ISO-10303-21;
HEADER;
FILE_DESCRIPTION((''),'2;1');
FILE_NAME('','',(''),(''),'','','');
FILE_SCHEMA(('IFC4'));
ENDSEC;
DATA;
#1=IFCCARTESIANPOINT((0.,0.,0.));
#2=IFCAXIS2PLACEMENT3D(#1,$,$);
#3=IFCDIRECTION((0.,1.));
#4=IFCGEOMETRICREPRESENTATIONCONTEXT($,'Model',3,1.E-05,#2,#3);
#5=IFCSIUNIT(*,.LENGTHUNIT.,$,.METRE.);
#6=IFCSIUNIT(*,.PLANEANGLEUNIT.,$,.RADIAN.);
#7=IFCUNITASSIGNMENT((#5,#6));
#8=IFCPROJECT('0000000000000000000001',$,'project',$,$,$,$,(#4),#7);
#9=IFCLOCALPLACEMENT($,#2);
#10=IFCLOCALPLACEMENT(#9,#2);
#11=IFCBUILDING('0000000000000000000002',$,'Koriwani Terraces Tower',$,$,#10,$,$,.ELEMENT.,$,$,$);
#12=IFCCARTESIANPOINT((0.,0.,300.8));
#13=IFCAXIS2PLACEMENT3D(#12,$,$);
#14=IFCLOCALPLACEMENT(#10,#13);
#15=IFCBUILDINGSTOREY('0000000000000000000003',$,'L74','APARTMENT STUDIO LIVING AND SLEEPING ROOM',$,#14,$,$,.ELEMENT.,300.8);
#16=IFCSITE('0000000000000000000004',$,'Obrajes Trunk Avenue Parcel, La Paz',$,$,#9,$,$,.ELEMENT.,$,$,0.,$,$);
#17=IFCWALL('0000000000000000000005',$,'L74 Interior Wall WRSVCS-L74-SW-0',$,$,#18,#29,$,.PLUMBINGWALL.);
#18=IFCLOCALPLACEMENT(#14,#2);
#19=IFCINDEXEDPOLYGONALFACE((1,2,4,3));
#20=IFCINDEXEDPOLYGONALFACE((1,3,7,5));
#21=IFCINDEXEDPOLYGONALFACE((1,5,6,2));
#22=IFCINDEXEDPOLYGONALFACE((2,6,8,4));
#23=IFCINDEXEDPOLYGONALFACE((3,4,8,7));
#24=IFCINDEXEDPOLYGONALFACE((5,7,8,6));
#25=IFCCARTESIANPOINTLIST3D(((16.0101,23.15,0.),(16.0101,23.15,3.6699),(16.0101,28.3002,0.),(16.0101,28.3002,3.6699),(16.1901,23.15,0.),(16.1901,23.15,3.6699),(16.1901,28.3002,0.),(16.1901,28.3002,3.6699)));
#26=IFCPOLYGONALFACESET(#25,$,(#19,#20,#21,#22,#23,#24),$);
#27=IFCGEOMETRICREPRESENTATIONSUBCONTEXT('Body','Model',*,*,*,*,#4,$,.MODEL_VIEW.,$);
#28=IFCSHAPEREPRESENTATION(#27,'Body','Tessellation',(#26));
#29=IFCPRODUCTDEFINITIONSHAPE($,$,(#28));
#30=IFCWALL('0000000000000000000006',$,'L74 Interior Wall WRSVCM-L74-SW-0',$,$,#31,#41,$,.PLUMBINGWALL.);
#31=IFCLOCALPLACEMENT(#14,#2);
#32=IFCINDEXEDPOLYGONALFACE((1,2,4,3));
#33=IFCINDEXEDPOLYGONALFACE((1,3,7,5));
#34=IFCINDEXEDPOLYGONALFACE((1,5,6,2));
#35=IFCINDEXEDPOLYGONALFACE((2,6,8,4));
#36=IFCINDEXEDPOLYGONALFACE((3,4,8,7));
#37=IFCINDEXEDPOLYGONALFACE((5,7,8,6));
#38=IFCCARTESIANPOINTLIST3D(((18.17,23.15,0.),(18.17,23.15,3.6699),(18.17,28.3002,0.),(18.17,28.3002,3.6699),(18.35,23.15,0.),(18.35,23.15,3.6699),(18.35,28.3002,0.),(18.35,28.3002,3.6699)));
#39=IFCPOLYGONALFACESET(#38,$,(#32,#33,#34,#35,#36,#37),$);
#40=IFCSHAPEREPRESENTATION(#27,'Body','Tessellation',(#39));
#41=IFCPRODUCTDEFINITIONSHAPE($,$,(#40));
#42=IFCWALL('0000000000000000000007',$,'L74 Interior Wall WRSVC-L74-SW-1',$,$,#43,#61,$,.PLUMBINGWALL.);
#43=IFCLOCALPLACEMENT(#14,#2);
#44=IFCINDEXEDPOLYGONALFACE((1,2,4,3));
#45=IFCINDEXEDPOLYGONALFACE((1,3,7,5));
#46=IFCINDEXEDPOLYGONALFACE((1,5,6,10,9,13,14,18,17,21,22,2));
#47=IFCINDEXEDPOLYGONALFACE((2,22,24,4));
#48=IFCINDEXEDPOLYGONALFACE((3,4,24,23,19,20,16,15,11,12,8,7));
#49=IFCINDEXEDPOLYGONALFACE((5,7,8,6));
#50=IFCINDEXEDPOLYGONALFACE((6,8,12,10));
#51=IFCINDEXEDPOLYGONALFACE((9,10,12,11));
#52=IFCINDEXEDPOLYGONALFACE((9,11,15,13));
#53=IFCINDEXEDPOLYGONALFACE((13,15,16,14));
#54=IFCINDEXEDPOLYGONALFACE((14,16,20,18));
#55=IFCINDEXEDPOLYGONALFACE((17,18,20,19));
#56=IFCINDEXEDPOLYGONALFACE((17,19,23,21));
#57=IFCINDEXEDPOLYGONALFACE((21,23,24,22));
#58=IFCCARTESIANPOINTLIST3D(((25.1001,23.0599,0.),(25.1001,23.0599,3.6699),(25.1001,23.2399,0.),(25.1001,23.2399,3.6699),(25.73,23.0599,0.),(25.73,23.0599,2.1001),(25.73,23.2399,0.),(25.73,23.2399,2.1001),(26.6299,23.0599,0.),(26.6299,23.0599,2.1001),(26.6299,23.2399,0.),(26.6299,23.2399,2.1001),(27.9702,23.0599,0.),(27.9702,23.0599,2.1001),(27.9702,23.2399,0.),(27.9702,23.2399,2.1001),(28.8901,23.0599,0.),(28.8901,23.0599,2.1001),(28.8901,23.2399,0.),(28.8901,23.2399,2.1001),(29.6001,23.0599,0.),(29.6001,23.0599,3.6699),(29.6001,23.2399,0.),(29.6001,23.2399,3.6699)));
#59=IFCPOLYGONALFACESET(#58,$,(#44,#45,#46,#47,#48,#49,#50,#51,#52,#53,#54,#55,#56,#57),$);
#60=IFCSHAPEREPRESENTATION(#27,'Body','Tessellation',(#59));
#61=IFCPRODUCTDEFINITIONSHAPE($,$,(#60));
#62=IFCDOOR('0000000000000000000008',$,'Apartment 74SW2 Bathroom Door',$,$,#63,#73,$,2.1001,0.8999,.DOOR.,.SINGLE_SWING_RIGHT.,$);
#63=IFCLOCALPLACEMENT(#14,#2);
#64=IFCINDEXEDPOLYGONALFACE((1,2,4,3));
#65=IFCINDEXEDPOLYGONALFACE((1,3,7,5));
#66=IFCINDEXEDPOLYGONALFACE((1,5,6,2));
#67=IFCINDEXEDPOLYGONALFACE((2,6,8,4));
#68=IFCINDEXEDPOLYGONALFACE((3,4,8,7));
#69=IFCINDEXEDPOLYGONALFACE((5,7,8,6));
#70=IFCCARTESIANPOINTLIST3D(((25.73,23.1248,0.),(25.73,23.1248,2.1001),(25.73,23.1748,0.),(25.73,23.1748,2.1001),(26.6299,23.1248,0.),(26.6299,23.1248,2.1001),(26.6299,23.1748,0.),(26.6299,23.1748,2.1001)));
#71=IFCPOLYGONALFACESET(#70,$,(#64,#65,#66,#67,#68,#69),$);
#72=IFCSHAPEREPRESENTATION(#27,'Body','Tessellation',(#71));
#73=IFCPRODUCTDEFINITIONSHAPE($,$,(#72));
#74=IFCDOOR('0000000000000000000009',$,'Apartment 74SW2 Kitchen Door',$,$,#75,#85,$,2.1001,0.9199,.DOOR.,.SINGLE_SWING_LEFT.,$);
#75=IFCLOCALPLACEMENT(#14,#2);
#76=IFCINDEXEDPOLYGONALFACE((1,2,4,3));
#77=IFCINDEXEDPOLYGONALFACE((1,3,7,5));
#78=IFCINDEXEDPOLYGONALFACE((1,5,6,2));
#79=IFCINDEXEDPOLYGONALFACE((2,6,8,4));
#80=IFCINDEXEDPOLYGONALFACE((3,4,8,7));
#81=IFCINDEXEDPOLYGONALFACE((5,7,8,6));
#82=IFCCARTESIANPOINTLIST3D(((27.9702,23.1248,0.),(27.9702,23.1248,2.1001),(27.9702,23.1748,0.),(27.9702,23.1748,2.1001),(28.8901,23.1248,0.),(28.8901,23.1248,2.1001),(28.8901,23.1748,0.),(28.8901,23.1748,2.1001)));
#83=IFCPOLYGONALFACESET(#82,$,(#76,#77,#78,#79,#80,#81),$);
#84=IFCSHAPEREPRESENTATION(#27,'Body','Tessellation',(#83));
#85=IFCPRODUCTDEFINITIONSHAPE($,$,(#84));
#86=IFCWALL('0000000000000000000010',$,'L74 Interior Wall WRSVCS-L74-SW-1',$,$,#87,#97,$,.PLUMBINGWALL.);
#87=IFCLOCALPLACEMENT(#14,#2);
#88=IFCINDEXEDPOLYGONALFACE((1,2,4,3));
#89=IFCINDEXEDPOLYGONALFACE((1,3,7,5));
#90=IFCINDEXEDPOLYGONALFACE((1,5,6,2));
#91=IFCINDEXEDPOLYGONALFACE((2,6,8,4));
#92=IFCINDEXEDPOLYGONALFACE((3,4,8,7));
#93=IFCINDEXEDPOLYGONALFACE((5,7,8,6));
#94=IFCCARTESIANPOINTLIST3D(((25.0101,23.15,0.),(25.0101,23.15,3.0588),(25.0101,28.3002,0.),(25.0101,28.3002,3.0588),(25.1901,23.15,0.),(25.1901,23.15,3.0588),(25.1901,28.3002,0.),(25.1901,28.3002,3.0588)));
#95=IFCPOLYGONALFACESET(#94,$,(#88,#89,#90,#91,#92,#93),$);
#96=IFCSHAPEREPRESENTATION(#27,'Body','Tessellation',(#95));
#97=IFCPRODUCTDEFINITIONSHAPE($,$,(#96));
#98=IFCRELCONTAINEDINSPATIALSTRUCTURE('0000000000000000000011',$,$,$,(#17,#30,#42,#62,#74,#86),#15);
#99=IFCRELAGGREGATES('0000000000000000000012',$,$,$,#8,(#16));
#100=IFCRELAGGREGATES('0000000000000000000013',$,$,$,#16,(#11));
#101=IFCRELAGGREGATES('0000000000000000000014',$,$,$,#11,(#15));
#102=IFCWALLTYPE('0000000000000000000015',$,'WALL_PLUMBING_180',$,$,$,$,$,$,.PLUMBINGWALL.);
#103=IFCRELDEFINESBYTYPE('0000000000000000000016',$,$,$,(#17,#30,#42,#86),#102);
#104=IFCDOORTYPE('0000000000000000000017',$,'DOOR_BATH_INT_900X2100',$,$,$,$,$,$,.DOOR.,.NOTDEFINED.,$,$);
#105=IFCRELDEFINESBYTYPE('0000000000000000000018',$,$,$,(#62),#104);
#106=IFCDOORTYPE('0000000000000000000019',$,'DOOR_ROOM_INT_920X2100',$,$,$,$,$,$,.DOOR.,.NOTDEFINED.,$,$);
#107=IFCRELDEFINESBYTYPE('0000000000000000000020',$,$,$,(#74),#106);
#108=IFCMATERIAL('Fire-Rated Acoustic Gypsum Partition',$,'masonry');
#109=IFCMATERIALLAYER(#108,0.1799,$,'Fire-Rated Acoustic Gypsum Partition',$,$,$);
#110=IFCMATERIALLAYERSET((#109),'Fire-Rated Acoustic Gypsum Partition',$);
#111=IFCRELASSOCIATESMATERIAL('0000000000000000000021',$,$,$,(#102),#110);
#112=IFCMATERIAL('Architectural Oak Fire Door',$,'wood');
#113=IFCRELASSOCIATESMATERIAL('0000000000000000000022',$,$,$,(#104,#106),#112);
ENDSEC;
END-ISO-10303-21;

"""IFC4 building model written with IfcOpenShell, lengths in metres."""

from ifc_helpers import new_model, si_unit, direction, frame, frame_2d, origin, place, context, subcontext, project, spatial, rectangle, extrude, material, layer, layer_set, type_object, element, fill, save


model = new_model("IFC4")

# Units and contexts
model_context = context("Model", 3, precision=1e-05, world=origin(), true_north=direction((0.0, 1.0)))
body_context = subcontext(model_context, "Body", "Model", "MODEL_VIEW")
ifc_project = project(units=[si_unit("LENGTHUNIT", "METRE"), si_unit("PLANEANGLEUNIT", "RADIAN")], contexts=[model_context])

# Site, building, storey
site_placement = place(None, origin())
site = spatial("IfcSite", under=ifc_project, at=site_placement, Name="Obrajes Trunk Avenue Parcel, La Paz", CompositionType="ELEMENT", RefElevation=0.0)
building_placement = place(site_placement, origin())
building = spatial("IfcBuilding", under=site, at=building_placement, Name="Koriwani Terraces Tower", CompositionType="ELEMENT")
storey_placement = place(building_placement, frame((0.0, 0.0, 300.8)))
storey = spatial("IfcBuildingStorey", under=building, at=storey_placement, Name="L74", Description="APARTMENT STUDIO LIVING AND SLEEPING ROOM", CompositionType="ELEMENT", Elevation=300.8)

# Shared definitions
ifc_material_1 = material(Name="Architectural Oak Fire Door", Category="wood")

# Shared definitions
ifc_material_2 = material(Name="Fire-Rated Acoustic Gypsum Partition", Category="masonry")
ifc_layer_1 = layer(ifc_material_2, 0.1799, Name="Fire-Rated Acoustic Gypsum Partition")
ifc_layer_set_1 = layer_set([ifc_layer_1], Name="Fire-Rated Acoustic Gypsum Partition")
wall_type_1 = type_object("IfcWallType", Name="WALL_PLUMBING_180", PredefinedType="PLUMBINGWALL", material=ifc_layer_set_1)
door_type_1 = type_object("IfcDoorType", Name="DOOR_BATH_INT_900X2100", OperationType="NOTDEFINED", PredefinedType="DOOR", material=ifc_material_1)
door_type_2 = type_object("IfcDoorType", Name="DOOR_ROOM_INT_920X2100", OperationType="NOTDEFINED", PredefinedType="DOOR", material=ifc_material_1)

# Walls
for number, where, z_axis, x_axis, name in (
    (1, (16.1001, 23.1499, 0.0), (0.0, 0.0, 1.0), (0.0, 1.0, 0.0), "L74 Interior Wall WRSVCS-L74-SW-0"),
    (2, (18.26, 23.1499, 0.0), (0.0, 0.0, 1.0), (0.0, 1.0, 0.0), "L74 Interior Wall WRSVCM-L74-SW-0"),
):
    element("IfcWall", number, at=place(storey_placement, frame(where, z_axis=z_axis, x_axis=x_axis)), inside=storey, type_object=wall_type_1, Name=name, PredefinedType="PLUMBINGWALL", context=body_context, shape_type="SweptSolid", body=[
        extrude(rectangle(XDim=5.1501, YDim=0.1799, at=frame_2d((2.5752, 0.0))), origin(), (0.0, 0.0, 1.0), 3.6699),
    ])

# Wall, openings, doors
wall_1_placement = place(storey_placement, frame((25.1001, 23.1499, 0.0), z_axis=(0.0, 0.0, 1.0), x_axis=(1.0, 0.0, 0.0)))
wall_1 = element("IfcWall", 3, at=wall_1_placement, inside=storey, type_object=wall_type_1, Name="L74 Interior Wall WRSVC-L74-SW-1", PredefinedType="PLUMBINGWALL", context=body_context, shape_type="SweptSolid", body=[
    extrude(rectangle(XDim=4.5, YDim=0.1799, at=frame_2d((2.25, 0.0))), origin(), (0.0, 0.0, 1.0), 3.6699),
])
opening_1_placement = place(wall_1_placement, frame((0.6299, 0.0, 0.0)))
opening_1 = element("IfcOpeningElement", 4, at=opening_1_placement, cuts=wall_1, PredefinedType="OPENING", context=body_context, shape_type="SweptSolid", body=[
    extrude(rectangle(XDim=0.8999, YDim=2.1001, at=frame_2d((0.45, 1.05))), frame((0.0, 0.1001, 0.0), z_axis=(0.0, -1.0, 0.0), x_axis=(1.0, 0.0, 0.0)), (0.0, 0.0, 1.0), 0.2),
])
opening_2_placement = place(wall_1_placement, frame((2.8701, 0.0, 0.0)))
opening_2 = element("IfcOpeningElement", 5, at=opening_2_placement, cuts=wall_1, PredefinedType="OPENING", context=body_context, shape_type="SweptSolid", body=[
    extrude(rectangle(XDim=0.9199, YDim=2.1001, at=frame_2d((0.46, 1.05))), frame((0.0, 0.1001, 0.0), z_axis=(0.0, -1.0, 0.0), x_axis=(1.0, 0.0, 0.0)), (0.0, 0.0, 1.0), 0.2),
])
door_1_placement = place(opening_1_placement, origin())
door_1 = element("IfcDoor", 6, at=door_1_placement, inside=storey, type_object=door_type_1, Name="Apartment 74SW2 Bathroom Door", OperationType="SINGLE_SWING_RIGHT", OverallHeight=2.1001, OverallWidth=0.8999, PredefinedType="DOOR", context=body_context, shape_type="SweptSolid", body=[
    extrude(rectangle(XDim=0.8999, YDim=2.1001, at=frame_2d((0.45, 1.05))), frame((0.0, 0.0249, 0.0), z_axis=(0.0, -1.0, 0.0), x_axis=(1.0, 0.0, 0.0)), (0.0, 0.0, 1.0), 0.05),
])
fill(opening_1, door_1)
door_2_placement = place(opening_2_placement, origin())
door_2 = element("IfcDoor", 7, at=door_2_placement, inside=storey, type_object=door_type_2, Name="Apartment 74SW2 Kitchen Door", OperationType="SINGLE_SWING_LEFT", OverallHeight=2.1001, OverallWidth=0.9199, PredefinedType="DOOR", context=body_context, shape_type="SweptSolid", body=[
    extrude(rectangle(XDim=0.9199, YDim=2.1001, at=frame_2d((0.46, 1.05))), frame((0.0, 0.0249, 0.0), z_axis=(0.0, -1.0, 0.0), x_axis=(1.0, 0.0, 0.0)), (0.0, 0.0, 1.0), 0.05),
])
fill(opening_2, door_2)

# Wall
wall_2_placement = place(storey_placement, frame((25.1001, 23.1499, 0.0), z_axis=(0.0, 0.0, 1.0), x_axis=(0.0, 1.0, 0.0)))
element("IfcWall", 8, at=wall_2_placement, inside=storey, type_object=wall_type_1, Name="L74 Interior Wall WRSVCS-L74-SW-1", PredefinedType="PLUMBINGWALL", context=body_context, shape_type="SweptSolid", body=[
    extrude(rectangle(XDim=5.1501, YDim=0.1799, at=frame_2d((2.5752, 0.0))), origin(), (0.0, 0.0, 1.0), 3.0588),
])

save(model, "model.ifc")
